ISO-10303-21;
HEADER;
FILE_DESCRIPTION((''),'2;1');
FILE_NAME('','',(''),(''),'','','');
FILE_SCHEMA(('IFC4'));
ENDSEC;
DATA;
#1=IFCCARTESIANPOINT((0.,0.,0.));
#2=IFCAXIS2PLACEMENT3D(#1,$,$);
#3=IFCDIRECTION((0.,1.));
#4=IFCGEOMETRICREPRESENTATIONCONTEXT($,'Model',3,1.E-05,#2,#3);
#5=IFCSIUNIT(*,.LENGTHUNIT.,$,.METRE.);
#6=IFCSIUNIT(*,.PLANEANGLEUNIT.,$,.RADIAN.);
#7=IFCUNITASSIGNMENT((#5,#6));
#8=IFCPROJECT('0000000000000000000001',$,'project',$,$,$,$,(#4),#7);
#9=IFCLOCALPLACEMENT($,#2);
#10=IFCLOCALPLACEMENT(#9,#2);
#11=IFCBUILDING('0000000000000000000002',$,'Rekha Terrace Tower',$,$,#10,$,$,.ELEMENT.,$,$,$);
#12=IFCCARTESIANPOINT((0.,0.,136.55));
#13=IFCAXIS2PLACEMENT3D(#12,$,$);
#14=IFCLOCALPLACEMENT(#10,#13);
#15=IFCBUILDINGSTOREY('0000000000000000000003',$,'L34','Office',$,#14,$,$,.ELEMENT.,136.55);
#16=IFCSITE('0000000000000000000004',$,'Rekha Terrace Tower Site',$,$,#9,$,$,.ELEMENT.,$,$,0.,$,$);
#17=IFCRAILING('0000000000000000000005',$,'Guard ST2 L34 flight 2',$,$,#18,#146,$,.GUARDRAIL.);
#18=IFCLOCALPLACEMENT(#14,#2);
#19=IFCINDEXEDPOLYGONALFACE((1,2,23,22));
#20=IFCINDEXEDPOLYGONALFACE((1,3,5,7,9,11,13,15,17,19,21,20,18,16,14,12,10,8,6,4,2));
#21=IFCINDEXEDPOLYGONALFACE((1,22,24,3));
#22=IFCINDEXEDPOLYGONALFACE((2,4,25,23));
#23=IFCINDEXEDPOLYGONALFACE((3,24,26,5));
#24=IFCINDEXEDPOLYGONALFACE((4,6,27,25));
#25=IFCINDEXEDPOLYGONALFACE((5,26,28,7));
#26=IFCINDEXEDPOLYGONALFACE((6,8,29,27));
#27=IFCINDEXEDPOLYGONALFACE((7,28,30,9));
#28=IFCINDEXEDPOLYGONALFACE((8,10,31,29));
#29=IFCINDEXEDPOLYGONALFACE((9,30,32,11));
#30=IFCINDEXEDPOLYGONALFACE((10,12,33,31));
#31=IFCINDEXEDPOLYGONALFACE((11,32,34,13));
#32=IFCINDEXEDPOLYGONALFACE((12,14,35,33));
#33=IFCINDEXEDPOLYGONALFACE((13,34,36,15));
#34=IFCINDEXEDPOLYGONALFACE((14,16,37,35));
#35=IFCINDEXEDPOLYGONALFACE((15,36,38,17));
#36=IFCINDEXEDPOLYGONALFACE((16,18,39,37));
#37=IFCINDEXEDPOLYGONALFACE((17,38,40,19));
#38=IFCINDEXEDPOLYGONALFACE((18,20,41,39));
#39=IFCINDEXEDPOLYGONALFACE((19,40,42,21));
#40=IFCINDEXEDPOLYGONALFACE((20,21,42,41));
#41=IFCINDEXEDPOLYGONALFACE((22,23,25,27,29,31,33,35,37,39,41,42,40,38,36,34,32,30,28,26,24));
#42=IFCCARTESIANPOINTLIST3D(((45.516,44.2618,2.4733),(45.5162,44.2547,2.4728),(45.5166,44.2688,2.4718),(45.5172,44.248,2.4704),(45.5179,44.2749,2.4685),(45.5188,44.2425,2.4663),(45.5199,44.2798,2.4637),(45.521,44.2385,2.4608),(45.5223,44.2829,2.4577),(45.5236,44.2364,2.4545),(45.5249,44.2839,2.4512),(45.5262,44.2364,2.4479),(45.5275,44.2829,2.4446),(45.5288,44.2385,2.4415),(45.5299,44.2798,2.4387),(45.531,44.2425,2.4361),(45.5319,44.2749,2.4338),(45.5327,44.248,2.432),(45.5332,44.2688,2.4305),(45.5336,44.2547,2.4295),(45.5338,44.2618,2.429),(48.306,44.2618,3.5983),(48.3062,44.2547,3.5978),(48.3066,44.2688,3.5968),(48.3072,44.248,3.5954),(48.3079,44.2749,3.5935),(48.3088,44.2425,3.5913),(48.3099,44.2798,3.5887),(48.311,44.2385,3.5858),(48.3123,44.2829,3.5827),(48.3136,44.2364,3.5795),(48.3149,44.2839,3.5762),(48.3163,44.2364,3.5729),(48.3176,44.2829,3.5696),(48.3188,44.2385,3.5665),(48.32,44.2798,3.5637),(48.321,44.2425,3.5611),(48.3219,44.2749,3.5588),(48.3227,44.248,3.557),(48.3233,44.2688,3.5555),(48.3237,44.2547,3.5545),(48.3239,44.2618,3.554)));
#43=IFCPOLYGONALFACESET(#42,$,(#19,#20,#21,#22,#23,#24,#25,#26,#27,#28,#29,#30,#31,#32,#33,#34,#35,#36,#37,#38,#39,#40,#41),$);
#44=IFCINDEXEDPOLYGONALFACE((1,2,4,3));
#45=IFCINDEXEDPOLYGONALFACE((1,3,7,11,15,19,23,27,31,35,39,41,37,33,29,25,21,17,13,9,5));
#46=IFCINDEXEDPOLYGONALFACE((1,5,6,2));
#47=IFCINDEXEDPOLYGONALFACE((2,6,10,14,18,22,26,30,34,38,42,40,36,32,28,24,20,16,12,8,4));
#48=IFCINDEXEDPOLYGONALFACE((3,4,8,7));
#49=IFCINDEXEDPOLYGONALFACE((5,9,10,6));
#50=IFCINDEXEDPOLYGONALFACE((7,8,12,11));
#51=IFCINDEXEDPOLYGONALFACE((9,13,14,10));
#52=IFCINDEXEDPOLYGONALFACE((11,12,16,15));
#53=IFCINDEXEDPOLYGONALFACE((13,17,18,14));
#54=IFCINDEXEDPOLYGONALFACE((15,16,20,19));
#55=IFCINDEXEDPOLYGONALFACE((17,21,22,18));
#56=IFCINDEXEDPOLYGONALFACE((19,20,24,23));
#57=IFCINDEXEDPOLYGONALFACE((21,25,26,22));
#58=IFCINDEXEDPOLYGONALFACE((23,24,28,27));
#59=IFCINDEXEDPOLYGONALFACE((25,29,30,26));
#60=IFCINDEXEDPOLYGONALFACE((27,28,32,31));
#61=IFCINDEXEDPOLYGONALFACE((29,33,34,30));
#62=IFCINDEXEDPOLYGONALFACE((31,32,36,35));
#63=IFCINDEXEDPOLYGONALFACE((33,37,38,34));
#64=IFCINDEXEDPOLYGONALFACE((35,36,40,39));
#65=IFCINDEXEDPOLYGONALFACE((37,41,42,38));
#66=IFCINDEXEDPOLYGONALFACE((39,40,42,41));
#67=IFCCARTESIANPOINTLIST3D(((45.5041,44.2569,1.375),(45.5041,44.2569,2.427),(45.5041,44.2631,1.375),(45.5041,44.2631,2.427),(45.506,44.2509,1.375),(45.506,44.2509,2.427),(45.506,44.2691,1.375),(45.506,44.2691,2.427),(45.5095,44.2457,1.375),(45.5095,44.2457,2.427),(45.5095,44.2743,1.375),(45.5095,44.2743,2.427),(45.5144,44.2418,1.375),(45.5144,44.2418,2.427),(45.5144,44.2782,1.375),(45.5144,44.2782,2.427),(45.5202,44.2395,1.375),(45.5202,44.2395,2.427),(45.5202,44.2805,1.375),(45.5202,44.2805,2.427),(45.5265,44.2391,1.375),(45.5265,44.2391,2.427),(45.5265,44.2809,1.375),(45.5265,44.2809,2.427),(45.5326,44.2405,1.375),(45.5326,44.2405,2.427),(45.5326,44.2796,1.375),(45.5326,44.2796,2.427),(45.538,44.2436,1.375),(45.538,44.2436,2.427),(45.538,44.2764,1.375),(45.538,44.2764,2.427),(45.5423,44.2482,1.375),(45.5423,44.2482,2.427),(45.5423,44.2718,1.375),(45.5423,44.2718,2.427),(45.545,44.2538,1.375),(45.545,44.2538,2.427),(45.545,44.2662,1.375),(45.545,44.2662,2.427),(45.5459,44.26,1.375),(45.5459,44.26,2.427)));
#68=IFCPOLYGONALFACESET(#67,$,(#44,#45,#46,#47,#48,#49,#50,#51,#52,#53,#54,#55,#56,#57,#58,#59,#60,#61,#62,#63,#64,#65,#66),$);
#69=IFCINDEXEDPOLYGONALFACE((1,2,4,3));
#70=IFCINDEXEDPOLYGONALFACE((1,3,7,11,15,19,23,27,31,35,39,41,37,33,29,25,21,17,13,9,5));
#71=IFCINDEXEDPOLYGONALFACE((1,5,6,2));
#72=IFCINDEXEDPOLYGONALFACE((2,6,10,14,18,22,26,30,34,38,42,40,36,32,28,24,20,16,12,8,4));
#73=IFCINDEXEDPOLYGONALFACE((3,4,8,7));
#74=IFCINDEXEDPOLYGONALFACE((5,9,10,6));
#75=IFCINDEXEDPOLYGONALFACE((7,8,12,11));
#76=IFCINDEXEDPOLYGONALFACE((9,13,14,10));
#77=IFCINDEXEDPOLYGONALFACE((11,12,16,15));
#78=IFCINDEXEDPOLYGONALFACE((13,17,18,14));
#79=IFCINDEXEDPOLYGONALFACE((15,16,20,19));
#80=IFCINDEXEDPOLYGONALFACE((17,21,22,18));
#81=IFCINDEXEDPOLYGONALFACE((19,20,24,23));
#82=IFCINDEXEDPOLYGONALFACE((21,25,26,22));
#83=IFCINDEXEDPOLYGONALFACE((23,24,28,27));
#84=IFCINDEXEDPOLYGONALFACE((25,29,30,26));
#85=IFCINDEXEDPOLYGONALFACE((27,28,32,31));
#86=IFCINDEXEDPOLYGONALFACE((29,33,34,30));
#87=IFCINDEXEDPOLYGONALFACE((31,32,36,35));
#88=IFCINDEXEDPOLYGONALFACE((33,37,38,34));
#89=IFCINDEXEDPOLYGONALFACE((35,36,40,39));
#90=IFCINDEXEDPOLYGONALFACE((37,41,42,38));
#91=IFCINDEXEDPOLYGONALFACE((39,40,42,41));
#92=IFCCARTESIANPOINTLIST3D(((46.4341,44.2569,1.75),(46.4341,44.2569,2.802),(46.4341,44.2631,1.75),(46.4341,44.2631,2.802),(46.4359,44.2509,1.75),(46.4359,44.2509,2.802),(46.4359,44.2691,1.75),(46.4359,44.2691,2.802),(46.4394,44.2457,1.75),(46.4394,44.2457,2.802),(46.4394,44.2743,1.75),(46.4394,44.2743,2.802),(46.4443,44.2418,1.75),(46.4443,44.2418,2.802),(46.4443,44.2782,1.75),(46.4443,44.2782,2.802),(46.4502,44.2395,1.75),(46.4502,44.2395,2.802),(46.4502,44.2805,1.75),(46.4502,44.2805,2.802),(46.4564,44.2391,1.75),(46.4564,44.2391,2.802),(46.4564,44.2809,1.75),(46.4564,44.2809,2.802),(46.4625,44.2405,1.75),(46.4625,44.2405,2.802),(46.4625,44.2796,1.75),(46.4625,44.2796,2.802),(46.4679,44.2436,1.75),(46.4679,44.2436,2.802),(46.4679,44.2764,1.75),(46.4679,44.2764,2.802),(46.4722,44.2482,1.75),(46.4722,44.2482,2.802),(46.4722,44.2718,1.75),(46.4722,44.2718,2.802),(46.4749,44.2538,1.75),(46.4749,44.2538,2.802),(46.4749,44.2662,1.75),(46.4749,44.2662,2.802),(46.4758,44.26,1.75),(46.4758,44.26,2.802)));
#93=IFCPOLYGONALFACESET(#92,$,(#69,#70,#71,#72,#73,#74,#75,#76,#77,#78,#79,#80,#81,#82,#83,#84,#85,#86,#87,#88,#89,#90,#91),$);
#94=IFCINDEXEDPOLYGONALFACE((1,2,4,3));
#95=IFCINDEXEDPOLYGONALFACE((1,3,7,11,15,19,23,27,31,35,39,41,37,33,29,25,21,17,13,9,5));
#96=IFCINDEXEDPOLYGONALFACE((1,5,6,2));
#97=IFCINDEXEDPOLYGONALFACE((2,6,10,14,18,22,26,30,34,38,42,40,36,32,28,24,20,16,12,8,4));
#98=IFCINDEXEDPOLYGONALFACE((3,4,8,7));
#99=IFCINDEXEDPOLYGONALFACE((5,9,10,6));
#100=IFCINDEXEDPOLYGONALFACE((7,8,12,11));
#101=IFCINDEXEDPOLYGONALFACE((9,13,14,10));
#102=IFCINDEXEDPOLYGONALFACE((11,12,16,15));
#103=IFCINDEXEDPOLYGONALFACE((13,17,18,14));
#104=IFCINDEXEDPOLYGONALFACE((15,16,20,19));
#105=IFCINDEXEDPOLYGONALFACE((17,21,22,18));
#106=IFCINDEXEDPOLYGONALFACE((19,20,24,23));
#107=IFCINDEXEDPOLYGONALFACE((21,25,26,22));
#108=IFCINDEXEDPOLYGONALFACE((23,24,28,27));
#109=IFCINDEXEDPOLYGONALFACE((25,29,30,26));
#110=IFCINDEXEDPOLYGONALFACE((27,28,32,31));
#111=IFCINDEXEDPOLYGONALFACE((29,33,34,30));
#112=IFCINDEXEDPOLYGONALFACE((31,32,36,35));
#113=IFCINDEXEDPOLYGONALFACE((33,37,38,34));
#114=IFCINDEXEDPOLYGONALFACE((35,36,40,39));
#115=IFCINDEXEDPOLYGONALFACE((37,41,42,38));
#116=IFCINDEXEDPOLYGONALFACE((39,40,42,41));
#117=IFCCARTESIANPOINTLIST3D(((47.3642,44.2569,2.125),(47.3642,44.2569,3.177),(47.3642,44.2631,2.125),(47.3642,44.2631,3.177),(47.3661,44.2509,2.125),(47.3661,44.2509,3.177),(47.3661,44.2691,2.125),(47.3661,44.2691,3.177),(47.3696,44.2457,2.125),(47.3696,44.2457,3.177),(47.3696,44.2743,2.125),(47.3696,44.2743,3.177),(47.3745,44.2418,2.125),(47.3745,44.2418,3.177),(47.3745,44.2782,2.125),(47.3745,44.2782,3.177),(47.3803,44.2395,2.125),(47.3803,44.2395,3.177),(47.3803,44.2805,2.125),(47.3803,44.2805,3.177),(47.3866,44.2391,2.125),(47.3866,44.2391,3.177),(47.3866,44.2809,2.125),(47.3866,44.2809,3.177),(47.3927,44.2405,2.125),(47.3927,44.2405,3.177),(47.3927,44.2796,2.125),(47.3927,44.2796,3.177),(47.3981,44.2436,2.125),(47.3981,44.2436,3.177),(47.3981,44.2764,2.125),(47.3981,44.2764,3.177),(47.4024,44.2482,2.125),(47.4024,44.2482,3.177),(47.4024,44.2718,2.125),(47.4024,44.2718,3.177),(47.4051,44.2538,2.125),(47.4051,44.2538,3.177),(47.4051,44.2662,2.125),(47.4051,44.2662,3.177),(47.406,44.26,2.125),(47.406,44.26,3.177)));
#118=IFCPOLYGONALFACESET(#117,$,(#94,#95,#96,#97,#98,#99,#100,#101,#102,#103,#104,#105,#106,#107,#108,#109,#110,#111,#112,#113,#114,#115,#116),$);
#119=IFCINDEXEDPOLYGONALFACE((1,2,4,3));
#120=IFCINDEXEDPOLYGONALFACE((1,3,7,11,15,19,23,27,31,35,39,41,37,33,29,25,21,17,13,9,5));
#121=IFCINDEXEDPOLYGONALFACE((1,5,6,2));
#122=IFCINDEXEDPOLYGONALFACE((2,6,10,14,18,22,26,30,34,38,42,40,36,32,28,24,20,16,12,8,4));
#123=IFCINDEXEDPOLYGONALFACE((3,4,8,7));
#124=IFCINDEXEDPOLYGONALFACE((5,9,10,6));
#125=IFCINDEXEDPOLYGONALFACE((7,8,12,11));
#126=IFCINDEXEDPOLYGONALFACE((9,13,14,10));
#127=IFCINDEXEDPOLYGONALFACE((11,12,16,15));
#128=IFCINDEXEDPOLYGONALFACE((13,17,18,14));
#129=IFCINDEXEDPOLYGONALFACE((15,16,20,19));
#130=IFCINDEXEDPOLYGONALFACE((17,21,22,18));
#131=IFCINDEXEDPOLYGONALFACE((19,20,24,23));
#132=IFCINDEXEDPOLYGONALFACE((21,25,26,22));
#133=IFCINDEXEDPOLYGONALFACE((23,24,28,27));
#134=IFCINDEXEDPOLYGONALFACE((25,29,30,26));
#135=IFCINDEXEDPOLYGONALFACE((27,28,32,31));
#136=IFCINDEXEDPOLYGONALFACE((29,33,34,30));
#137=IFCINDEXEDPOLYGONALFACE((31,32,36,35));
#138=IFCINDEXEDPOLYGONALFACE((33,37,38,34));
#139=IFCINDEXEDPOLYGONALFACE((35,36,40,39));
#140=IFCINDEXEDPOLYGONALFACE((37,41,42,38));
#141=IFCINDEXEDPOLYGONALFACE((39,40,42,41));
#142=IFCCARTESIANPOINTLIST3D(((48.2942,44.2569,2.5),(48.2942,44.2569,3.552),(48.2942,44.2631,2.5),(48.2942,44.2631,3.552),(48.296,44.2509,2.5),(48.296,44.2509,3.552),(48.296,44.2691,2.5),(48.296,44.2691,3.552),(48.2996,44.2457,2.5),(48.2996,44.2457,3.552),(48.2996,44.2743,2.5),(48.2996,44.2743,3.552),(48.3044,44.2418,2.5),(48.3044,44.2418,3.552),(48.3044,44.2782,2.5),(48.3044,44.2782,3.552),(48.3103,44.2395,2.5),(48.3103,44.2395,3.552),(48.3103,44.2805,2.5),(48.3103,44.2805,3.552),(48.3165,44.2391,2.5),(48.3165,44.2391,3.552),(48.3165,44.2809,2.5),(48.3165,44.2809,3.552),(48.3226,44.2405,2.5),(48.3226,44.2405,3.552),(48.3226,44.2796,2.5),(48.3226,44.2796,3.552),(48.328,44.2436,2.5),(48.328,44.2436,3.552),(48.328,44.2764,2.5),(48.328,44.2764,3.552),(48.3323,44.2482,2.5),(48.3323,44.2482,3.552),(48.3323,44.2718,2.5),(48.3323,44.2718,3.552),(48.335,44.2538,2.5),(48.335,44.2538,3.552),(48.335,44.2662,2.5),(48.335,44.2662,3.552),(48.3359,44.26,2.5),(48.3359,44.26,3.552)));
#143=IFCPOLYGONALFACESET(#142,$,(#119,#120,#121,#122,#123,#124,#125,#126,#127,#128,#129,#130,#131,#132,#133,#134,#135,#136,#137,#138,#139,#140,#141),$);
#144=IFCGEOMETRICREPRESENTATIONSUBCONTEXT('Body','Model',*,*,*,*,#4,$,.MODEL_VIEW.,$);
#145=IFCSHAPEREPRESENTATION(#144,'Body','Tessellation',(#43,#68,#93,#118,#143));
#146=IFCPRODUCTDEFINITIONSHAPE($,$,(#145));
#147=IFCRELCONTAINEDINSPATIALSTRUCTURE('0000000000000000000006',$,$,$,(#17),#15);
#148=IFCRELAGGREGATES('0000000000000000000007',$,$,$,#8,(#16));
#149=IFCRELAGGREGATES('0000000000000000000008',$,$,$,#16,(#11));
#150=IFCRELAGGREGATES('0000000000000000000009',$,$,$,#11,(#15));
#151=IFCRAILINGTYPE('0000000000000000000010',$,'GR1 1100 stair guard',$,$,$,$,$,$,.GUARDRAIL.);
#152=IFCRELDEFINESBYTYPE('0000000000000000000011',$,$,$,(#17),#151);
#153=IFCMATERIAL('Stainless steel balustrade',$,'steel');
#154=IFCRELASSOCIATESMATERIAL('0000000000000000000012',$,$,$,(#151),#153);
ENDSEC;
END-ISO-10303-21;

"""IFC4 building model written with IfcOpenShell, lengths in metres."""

from ifc_helpers import new_model, si_unit, direction, frame, origin, origin_2d, place, context, subcontext, project, spatial, circle, extrude, material, type_object, element, save


model = new_model("IFC4")

# Units and contexts
model_context = context("Model", 3, precision=1e-05, world=origin(), true_north=direction((0.0, 1.0)))
body_context = subcontext(model_context, "Body", "Model", "MODEL_VIEW")
ifc_project = project(units=[si_unit("LENGTHUNIT", "METRE"), si_unit("PLANEANGLEUNIT", "RADIAN")], contexts=[model_context])

# Site, building, storey
site_placement = place(None, origin())
site = spatial("IfcSite", under=ifc_project, at=site_placement, Name="Rekha Terrace Tower Site", CompositionType="ELEMENT", RefElevation=0.0)
building_placement = place(site_placement, origin())
building = spatial("IfcBuilding", under=site, at=building_placement, Name="Rekha Terrace Tower", CompositionType="ELEMENT")
storey_placement = place(building_placement, frame((0.0, 0.0, 136.55)))
storey = spatial("IfcBuildingStorey", under=building, at=storey_placement, Name="L34", Description="Office", CompositionType="ELEMENT", Elevation=136.55)

# Railing
ifc_material_1 = material(Name="Stainless steel balustrade", Category="steel")
railing_type_1 = type_object("IfcRailingType", Name="GR1 1100 stair guard", PredefinedType="GUARDRAIL", material=ifc_material_1)
railing_1_placement = place(storey_placement, frame((45.5249, 44.26, 1.375)))
element("IfcRailing", 1, at=railing_1_placement, inside=storey, type_object=railing_type_1, Name="Guard ST2 L34 flight 2", PredefinedType="GUARDRAIL", context=body_context, shape_type="SweptSolid", body=[
    extrude(circle(Radius=0.0239, at=origin_2d()), frame((0.0, 0.0, 1.0762), z_axis=(0.927443, 0.0, 0.373964), x_axis=(0.0, 1.0, 0.0)), (0.0, 0.0, 1.0), 3.0083),
    extrude(circle(Radius=0.021, at=origin_2d()), origin(), (0.0, 0.0, 1.0), 1.052),
    extrude(circle(Radius=0.021, at=origin_2d()), frame((0.9299, 0.0, 0.375)), (0.0, 0.0, 1.0), 1.052),
    extrude(circle(Radius=0.021, at=origin_2d()), frame((1.8601, 0.0, 0.75)), (0.0, 0.0, 1.0), 1.052),
    extrude(circle(Radius=0.021, at=origin_2d()), frame((2.79, 0.0, 1.125)), (0.0, 0.0, 1.0), 1.052),
])

save(model, "model.ifc")
